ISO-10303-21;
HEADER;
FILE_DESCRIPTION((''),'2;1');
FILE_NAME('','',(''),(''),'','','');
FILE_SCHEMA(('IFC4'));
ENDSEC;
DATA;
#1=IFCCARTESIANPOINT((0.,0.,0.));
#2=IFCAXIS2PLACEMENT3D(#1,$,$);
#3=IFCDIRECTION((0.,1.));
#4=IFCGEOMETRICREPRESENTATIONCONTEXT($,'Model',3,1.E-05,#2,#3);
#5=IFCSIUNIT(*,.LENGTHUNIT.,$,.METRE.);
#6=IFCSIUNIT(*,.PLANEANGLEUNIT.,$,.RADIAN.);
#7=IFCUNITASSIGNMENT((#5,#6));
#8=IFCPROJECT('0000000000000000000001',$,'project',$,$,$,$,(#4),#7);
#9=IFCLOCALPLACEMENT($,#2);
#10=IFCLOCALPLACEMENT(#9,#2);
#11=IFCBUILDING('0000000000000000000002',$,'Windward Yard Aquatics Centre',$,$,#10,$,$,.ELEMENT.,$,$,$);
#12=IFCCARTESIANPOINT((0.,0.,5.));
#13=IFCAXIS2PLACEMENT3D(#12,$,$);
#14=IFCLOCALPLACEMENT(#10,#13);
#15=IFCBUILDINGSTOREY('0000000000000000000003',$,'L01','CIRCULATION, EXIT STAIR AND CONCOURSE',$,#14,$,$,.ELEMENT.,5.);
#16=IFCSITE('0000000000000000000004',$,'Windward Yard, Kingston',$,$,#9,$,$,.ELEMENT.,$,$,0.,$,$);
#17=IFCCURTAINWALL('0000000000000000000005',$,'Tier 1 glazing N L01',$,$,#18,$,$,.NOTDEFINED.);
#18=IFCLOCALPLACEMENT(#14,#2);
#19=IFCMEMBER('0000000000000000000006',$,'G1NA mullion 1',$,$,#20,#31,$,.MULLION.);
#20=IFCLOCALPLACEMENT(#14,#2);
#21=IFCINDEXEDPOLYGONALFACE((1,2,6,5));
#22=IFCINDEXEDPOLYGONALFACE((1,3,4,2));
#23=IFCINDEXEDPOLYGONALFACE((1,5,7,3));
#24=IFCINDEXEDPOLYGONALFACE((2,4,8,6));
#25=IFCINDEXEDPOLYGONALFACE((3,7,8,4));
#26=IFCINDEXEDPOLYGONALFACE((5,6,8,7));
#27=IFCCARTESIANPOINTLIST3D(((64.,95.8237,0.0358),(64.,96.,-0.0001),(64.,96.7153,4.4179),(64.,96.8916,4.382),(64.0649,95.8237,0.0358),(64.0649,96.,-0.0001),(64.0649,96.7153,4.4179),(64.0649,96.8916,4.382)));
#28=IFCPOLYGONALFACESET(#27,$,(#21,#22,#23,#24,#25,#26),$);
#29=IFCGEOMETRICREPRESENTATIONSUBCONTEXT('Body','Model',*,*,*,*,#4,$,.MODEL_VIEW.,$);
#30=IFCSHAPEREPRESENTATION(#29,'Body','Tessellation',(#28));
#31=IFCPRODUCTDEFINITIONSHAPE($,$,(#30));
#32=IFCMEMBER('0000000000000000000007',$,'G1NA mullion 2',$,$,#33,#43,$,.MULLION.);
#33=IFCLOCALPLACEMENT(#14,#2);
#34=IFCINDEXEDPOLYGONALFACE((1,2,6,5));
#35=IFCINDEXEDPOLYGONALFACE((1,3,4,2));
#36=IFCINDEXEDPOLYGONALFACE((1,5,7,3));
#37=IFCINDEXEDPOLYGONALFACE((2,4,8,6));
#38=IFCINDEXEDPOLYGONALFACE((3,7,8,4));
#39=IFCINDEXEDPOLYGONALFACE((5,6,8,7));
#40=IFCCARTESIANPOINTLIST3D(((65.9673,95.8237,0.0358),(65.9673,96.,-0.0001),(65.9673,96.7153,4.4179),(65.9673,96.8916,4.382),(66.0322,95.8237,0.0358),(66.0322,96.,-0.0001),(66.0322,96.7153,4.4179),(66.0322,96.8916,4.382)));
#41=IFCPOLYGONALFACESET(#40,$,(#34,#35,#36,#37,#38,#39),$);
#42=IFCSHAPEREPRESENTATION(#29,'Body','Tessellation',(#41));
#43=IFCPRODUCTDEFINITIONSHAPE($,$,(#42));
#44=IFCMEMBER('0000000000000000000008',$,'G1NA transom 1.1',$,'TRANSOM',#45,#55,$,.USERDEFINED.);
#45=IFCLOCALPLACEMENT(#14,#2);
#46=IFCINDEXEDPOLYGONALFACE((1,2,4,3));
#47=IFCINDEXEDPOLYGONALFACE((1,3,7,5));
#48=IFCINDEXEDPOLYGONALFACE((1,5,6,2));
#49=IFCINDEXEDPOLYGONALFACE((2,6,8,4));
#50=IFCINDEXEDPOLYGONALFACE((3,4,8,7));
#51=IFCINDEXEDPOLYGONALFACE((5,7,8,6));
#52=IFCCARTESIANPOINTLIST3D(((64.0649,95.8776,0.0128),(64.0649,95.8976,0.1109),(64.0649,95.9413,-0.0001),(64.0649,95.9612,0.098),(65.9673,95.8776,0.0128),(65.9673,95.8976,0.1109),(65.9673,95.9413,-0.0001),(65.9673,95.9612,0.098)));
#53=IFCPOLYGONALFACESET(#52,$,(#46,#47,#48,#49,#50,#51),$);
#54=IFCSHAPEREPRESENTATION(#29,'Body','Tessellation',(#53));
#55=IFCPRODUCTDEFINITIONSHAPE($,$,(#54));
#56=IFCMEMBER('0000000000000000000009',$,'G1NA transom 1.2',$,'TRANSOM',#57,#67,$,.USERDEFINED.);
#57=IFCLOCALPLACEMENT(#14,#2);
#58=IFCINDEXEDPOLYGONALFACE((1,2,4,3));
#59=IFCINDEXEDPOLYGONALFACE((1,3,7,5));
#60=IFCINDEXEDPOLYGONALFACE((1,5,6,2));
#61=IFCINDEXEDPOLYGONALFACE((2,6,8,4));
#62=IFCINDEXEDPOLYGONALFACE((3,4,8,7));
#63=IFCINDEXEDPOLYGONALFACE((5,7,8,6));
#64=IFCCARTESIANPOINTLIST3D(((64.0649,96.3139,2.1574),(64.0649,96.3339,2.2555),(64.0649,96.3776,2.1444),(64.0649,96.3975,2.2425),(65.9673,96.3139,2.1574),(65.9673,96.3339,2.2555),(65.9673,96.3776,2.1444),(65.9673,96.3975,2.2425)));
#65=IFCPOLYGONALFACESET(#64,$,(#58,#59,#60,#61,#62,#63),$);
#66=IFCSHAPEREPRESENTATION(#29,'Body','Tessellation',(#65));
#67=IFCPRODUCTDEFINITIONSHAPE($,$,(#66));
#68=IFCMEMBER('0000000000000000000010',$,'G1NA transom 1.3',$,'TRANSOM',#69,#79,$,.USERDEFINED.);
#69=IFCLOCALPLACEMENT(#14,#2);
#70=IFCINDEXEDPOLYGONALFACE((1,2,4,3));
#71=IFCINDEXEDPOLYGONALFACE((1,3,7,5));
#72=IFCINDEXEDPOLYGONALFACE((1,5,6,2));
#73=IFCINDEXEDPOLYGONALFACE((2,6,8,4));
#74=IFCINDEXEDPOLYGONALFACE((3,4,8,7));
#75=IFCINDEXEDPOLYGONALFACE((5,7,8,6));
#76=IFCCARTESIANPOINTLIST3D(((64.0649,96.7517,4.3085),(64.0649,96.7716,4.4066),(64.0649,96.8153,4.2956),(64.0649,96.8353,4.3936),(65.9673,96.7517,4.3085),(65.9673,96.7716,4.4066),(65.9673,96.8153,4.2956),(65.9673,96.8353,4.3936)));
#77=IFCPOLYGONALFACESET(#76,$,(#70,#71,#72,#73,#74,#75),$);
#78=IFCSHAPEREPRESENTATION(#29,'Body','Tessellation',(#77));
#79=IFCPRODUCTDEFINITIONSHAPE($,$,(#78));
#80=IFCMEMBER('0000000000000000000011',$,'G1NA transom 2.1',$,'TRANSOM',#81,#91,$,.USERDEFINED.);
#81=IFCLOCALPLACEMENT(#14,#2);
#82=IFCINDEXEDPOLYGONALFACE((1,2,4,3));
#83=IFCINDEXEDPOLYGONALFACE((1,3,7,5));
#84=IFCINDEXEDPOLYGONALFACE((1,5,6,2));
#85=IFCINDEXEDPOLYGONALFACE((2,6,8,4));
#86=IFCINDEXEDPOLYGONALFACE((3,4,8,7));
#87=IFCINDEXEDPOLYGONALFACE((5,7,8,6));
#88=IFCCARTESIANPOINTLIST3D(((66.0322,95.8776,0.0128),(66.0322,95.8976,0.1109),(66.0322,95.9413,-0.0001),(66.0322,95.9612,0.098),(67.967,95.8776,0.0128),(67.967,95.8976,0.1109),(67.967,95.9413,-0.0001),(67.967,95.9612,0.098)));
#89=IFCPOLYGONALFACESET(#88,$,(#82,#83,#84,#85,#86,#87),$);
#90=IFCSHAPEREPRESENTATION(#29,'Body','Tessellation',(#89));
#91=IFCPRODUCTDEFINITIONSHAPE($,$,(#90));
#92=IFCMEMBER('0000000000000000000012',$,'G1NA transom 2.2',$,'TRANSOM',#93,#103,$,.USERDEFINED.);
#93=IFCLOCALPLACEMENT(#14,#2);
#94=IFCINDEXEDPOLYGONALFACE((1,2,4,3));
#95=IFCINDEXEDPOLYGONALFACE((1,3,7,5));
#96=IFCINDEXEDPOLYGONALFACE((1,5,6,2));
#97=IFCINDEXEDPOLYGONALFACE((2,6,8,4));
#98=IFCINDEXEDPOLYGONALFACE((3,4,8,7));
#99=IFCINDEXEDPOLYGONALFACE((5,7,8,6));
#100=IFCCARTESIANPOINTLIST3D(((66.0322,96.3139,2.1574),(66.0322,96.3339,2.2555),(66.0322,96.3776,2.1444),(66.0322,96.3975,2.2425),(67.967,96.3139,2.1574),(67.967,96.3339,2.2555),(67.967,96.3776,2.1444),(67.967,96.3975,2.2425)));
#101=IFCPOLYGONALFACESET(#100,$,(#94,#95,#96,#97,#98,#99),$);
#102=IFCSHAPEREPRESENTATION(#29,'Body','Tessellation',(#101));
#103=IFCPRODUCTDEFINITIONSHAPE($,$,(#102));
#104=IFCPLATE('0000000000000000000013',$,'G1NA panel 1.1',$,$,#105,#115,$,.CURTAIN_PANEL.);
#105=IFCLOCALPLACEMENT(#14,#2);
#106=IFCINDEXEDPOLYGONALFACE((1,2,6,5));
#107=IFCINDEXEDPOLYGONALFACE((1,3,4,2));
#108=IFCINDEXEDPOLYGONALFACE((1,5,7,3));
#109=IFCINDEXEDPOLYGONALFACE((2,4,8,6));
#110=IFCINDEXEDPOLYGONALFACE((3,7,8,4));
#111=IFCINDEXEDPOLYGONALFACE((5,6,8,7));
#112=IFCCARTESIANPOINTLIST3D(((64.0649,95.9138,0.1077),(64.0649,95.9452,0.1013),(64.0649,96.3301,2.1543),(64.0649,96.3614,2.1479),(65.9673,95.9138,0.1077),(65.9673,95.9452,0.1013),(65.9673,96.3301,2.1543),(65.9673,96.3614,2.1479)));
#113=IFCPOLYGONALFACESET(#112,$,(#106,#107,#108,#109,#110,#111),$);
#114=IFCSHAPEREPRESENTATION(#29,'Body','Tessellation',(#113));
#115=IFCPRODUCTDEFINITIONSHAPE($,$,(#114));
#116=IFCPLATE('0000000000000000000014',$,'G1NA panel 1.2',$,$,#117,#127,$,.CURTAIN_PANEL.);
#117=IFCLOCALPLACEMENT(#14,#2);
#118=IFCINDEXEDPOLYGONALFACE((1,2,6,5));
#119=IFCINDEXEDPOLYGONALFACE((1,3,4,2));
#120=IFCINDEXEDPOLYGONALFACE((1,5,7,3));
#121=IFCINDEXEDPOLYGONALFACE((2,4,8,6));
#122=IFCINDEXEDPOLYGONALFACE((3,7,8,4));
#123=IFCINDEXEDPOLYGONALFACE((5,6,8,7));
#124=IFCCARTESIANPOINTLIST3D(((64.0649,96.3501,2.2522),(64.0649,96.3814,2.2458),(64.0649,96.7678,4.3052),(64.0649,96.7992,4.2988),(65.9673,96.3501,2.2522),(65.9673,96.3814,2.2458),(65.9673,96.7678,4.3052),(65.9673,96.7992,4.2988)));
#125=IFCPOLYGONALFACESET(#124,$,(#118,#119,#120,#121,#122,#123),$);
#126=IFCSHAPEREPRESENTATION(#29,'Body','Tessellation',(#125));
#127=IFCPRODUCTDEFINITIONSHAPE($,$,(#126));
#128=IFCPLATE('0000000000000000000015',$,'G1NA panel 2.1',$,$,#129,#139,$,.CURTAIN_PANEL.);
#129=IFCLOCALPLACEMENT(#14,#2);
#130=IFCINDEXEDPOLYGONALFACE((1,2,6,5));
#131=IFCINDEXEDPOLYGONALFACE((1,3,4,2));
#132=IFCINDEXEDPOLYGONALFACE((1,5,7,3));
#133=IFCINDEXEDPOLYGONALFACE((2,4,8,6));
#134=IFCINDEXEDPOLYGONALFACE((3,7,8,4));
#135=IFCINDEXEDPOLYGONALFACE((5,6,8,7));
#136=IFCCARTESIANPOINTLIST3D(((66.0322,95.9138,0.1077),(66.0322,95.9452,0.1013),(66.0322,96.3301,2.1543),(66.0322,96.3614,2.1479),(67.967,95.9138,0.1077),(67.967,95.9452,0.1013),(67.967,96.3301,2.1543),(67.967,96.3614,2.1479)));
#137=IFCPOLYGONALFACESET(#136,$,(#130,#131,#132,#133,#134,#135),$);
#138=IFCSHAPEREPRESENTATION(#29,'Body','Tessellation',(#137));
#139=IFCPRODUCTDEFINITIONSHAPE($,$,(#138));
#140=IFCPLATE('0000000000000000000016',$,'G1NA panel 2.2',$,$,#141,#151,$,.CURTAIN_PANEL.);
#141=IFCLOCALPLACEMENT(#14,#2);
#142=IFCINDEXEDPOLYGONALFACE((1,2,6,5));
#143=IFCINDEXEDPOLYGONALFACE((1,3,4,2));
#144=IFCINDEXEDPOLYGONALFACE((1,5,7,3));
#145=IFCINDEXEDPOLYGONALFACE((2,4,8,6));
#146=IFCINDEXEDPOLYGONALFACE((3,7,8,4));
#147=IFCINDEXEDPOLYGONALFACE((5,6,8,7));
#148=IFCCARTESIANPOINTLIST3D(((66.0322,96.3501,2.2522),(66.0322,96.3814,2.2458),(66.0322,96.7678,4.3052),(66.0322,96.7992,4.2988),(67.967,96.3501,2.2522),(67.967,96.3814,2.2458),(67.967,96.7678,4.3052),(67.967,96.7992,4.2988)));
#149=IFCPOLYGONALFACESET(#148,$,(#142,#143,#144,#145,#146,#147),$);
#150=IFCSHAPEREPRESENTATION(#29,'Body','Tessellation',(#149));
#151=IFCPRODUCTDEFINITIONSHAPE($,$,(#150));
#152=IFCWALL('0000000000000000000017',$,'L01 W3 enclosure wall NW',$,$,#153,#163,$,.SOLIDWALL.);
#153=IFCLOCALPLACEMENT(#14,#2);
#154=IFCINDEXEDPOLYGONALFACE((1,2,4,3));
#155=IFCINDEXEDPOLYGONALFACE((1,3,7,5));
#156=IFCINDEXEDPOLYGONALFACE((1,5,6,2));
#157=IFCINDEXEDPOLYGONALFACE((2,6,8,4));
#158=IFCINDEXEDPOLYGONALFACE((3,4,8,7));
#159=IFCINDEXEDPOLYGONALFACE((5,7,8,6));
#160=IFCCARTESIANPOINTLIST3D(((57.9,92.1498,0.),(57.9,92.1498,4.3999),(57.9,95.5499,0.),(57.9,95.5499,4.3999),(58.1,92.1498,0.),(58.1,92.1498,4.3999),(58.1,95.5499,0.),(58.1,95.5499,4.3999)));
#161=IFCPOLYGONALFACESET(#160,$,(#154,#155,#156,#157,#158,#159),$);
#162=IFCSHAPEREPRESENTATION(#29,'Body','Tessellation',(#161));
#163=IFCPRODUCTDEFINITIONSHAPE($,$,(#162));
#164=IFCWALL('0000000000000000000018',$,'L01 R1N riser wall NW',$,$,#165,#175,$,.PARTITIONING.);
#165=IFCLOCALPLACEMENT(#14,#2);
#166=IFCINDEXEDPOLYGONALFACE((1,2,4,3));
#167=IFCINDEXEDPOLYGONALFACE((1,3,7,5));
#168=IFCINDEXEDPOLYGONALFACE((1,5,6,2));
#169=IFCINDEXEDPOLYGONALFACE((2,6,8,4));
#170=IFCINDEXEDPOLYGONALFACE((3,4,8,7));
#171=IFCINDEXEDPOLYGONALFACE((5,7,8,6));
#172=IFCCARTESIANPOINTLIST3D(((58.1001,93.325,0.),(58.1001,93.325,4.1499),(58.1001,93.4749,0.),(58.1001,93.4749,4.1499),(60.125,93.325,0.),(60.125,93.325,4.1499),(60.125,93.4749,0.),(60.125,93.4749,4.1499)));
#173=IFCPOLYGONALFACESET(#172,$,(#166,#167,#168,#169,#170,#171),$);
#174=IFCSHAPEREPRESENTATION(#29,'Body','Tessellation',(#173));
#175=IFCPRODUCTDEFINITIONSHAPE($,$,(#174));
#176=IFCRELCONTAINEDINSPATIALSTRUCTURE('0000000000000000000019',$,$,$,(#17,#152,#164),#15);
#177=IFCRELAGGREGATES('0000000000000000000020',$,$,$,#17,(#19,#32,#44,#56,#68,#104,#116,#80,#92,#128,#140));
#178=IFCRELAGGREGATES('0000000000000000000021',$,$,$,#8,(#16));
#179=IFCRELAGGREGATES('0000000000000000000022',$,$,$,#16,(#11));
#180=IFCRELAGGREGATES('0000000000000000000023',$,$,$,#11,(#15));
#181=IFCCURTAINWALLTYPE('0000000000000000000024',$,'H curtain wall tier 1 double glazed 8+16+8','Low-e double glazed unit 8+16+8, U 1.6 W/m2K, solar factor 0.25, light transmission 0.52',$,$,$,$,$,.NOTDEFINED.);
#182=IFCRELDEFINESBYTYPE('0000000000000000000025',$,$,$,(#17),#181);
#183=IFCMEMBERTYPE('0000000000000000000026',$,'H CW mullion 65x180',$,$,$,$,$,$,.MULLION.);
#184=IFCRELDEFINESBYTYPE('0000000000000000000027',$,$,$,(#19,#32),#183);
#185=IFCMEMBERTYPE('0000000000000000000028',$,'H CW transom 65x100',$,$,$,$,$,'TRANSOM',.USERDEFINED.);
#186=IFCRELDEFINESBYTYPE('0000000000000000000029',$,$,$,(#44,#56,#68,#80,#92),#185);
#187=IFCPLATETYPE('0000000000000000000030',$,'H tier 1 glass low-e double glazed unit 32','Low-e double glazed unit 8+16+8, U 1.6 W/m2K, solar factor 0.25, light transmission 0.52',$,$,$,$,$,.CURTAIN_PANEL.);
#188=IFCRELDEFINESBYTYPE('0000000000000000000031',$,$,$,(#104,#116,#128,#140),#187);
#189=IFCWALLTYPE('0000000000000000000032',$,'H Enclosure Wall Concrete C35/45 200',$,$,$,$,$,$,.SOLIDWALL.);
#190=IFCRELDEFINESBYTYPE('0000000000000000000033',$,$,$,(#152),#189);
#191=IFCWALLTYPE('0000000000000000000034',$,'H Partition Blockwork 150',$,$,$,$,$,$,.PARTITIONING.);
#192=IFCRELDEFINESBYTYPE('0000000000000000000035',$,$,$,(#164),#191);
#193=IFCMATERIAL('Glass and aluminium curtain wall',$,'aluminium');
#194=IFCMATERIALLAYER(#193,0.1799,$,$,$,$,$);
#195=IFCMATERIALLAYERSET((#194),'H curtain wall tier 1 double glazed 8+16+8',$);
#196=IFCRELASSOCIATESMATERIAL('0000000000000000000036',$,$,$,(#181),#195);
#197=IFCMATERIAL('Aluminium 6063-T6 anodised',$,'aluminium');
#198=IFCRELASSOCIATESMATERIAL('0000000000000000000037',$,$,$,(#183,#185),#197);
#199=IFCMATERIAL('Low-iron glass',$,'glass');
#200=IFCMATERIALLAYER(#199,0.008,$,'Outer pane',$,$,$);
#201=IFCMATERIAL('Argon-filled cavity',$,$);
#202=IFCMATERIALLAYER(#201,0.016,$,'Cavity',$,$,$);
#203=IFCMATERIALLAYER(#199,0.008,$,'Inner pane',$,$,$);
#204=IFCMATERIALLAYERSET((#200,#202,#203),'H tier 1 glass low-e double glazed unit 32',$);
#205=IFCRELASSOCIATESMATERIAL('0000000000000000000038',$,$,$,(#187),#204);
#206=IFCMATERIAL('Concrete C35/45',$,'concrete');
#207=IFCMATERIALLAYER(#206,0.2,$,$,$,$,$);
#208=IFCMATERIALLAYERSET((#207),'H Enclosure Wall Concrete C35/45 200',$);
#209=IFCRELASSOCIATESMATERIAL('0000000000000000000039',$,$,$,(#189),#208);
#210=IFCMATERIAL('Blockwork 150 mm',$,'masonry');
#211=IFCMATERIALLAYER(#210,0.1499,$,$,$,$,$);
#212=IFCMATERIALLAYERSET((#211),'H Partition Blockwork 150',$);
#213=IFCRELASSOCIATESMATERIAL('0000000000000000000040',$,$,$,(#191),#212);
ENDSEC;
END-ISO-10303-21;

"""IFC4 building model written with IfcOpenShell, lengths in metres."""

from ifc_helpers import new_model, si_unit, direction, frame, frame_2d, origin, origin_2d, place, context, subcontext, project, spatial, polyline, rectangle, outline, extrude, material, layer, layer_set, material_profile, profile_set, type_object, element, aggregate, save


model = new_model("IFC4")

# Units and contexts
model_context = context("Model", 3, precision=1e-05, world=origin(), true_north=direction((0.0, 1.0)))
body_context = subcontext(model_context, "Body", "Model", "MODEL_VIEW")
ifc_project = project(units=[si_unit("LENGTHUNIT", "METRE"), si_unit("PLANEANGLEUNIT", "RADIAN")], contexts=[model_context])

# Site, building, storey
site_placement = place(None, origin())
site = spatial("IfcSite", under=ifc_project, at=site_placement, Name="Windward Yard, Kingston", CompositionType="ELEMENT", RefElevation=0.0)
building_placement = place(site_placement, origin())
building = spatial("IfcBuilding", under=site, at=building_placement, Name="Windward Yard Aquatics Centre", CompositionType="ELEMENT")
storey_placement = place(building_placement, frame((0.0, 0.0, 5.0)))
storey = spatial("IfcBuildingStorey", under=building, at=storey_placement, Name="L01", Description="CIRCULATION, EXIT STAIR AND CONCOURSE", CompositionType="ELEMENT", Elevation=5.0)

# Curtain wall, members, plates
ifc_material_1 = material(Name="Glass and aluminium curtain wall", Category="aluminium")
ifc_layer_1 = layer(ifc_material_1, 0.1799)
ifc_layer_set_1 = layer_set([ifc_layer_1], Name="H curtain wall tier 1 double glazed 8+16+8")
curtain_wall_type = type_object("IfcCurtainWallType", Name="H curtain wall tier 1 double glazed 8+16+8", Description="Low-e double glazed unit 8+16+8, U 1.6 W/m2K, solar factor 0.25, light transmission 0.52", PredefinedType="NOTDEFINED", material=ifc_layer_set_1)
curtain_wall_placement = place(storey_placement, origin())
curtain_wall = element("IfcCurtainWall", 1, at=curtain_wall_placement, inside=storey, type_object=curtain_wall_type, Name="Tier 1 glazing N L01", PredefinedType="NOTDEFINED")
ifc_material_2 = material(Name="Aluminium 6063-T6 anodised", Category="aluminium")
ifc_material_profile_1 = material_profile(ifc_material_2, rectangle(XDim=0.0649, YDim=0.1799, at=origin_2d()), Name="H CW mullion 65x180")
ifc_profile_set_1 = profile_set([ifc_material_profile_1], Name="Aluminium 6063-T6 anodised")
member_type_1 = type_object("IfcMemberType", Name="H CW mullion 65x180", PredefinedType="MULLION", material=ifc_profile_set_1)
member_1_placement = place(storey_placement, frame((64.0325, 95.9119, 0.0178), z_axis=(0.0, 0.19938, 0.979922), x_axis=(-1.0, 0.0, 0.0)))
member_1 = element("IfcMember", 2, at=member_1_placement, type_object=member_type_1, Name="G1NA mullion 1", PredefinedType="MULLION", context=body_context, shape_type="SweptSolid", body=[
    extrude(rectangle(XDim=0.0649, YDim=0.1799, at=origin_2d()), origin(), (0.0, 0.0, 1.0), 4.4719),
])
member_2_placement = place(storey_placement, frame((65.9998, 95.9119, 0.0178), z_axis=(0.0, 0.19938, 0.979922), x_axis=(-1.0, 0.0, 0.0)))
member_2 = element("IfcMember", 3, at=member_2_placement, type_object=member_type_1, Name="G1NA mullion 2", PredefinedType="MULLION", context=body_context, shape_type="SweptSolid", body=[
    extrude(rectangle(XDim=0.0649, YDim=0.1799, at=origin_2d()), origin(), (0.0, 0.0, 1.0), 4.4719),
])
ifc_material_profile_2 = material_profile(ifc_material_2, rectangle(XDim=0.0649, YDim=0.1001, at=origin_2d()), Name="H CW transom 65x100")
ifc_profile_set_2 = profile_set([ifc_material_profile_2], Name="Aluminium 6063-T6 anodised")
member_type_2 = type_object("IfcMemberType", Name="H CW transom 65x100", ElementType="TRANSOM", PredefinedType="USERDEFINED", material=ifc_profile_set_2)
member_3_placement = place(storey_placement, frame((64.0649, 95.9194, 0.0554), z_axis=(1.0, 0.0, 0.0), x_axis=(0.0, -0.979925, 0.199368)))
member_3 = element("IfcMember", 4, at=member_3_placement, type_object=member_type_2, Name="G1NA transom 1.1", ObjectType="TRANSOM", PredefinedType="USERDEFINED", context=body_context, shape_type="SweptSolid", body=[
    extrude(rectangle(XDim=0.0649, YDim=0.1001, at=origin_2d()), origin(), (0.0, 0.0, 1.0), 1.9023),
])
member_4_placement = place(storey_placement, frame((64.0649, 96.3557, 2.2), z_axis=(1.0, 0.0, 0.0), x_axis=(0.0, -0.979925, 0.199368)))
member_4 = element("IfcMember", 5, at=member_4_placement, type_object=member_type_2, Name="G1NA transom 1.2", ObjectType="TRANSOM", PredefinedType="USERDEFINED", context=body_context, shape_type="SweptSolid", body=[
    extrude(rectangle(XDim=0.0649, YDim=0.1001, at=origin_2d()), origin(), (0.0, 0.0, 1.0), 1.9023),
])
member_5_placement = place(storey_placement, frame((64.0649, 96.7935, 4.3511), z_axis=(1.0, 0.0, 0.0), x_axis=(0.0, -0.979925, 0.199368)))
member_5 = element("IfcMember", 6, at=member_5_placement, type_object=member_type_2, Name="G1NA transom 1.3", ObjectType="TRANSOM", PredefinedType="USERDEFINED", context=body_context, shape_type="SweptSolid", body=[
    extrude(rectangle(XDim=0.0649, YDim=0.1001, at=origin_2d()), origin(), (0.0, 0.0, 1.0), 1.9023),
])
member_6_placement = place(storey_placement, frame((66.0322, 95.9194, 0.0554), z_axis=(1.0, 0.0, 0.0), x_axis=(0.0, -0.979925, 0.199368)))
member_6 = element("IfcMember", 7, at=member_6_placement, type_object=member_type_2, Name="G1NA transom 2.1", ObjectType="TRANSOM", PredefinedType="USERDEFINED", context=body_context, shape_type="SweptSolid", body=[
    extrude(rectangle(XDim=0.0649, YDim=0.1001, at=origin_2d()), origin(), (0.0, 0.0, 1.0), 1.9348),
])
member_7_placement = place(storey_placement, frame((66.0322, 96.3557, 2.2), z_axis=(1.0, 0.0, 0.0), x_axis=(0.0, -0.979925, 0.199368)))
member_7 = element("IfcMember", 8, at=member_7_placement, type_object=member_type_2, Name="G1NA transom 2.2", ObjectType="TRANSOM", PredefinedType="USERDEFINED", context=body_context, shape_type="SweptSolid", body=[
    extrude(rectangle(XDim=0.0649, YDim=0.1001, at=origin_2d()), origin(), (0.0, 0.0, 1.0), 1.9348),
])
ifc_material_3 = material(Name="Low-iron glass", Category="glass")
ifc_layer_2 = layer(ifc_material_3, 0.008, Name="Outer pane")
ifc_material_4 = material(Name="Argon-filled cavity")
ifc_layer_3 = layer(ifc_material_4, 0.016, Name="Cavity")
ifc_layer_4 = layer(ifc_material_3, 0.008, Name="Inner pane")
ifc_layer_set_2 = layer_set([ifc_layer_2, ifc_layer_3, ifc_layer_4], Name="H tier 1 glass low-e double glazed unit 32")
plate_type = type_object("IfcPlateType", Name="H tier 1 glass low-e double glazed unit 32", Description="Low-e double glazed unit 8+16+8, U 1.6 W/m2K, solar factor 0.25, light transmission 0.52", PredefinedType="CURTAIN_PANEL", material=ifc_layer_set_2)
plate_1_placement = place(storey_placement, frame((64.0649, 95.9138, 0.1077), z_axis=(0.0, -0.979937, 0.199307), x_axis=(1.0, 0.0, 0.0)))
plate_1 = element("IfcPlate", 9, at=plate_1_placement, type_object=plate_type, Name="G1NA panel 1.1", PredefinedType="CURTAIN_PANEL", context=body_context, shape_type="SweptSolid", body=[
    extrude(outline(polyline([(0.0, 0.0), (1.9023, 0.0), (1.9023, 2.0885), (0.0, 2.0885), (0.0, 0.0)])), origin(), (0.0, 0.0, -1.0), 0.032),
])
plate_2_placement = place(storey_placement, frame((64.0649, 96.3501, 2.2522), z_axis=(0.0, -0.979921, 0.199387), x_axis=(1.0, 0.0, 0.0)))
plate_2 = element("IfcPlate", 10, at=plate_2_placement, type_object=plate_type, Name="G1NA panel 1.2", PredefinedType="CURTAIN_PANEL", context=body_context, shape_type="SweptSolid", body=[
    extrude(outline(polyline([(0.0, 0.0), (1.9023, 0.0), (1.9023, 2.095), (0.0, 2.095), (0.0, 0.0)])), origin(), (0.0, 0.0, -1.0), 0.032),
])
plate_3_placement = place(storey_placement, frame((66.0322, 95.9138, 0.1077), z_axis=(0.0, -0.979937, 0.199307), x_axis=(1.0, 0.0, 0.0)))
plate_3 = element("IfcPlate", 11, at=plate_3_placement, type_object=plate_type, Name="G1NA panel 2.1", PredefinedType="CURTAIN_PANEL", context=body_context, shape_type="SweptSolid", body=[
    extrude(outline(polyline([(0.0, 0.0), (1.9348, 0.0), (1.9348, 2.0885), (0.0, 2.0885), (0.0, 0.0)])), origin(), (0.0, 0.0, -1.0), 0.032),
])
plate_4_placement = place(storey_placement, frame((66.0322, 96.3501, 2.2522), z_axis=(0.0, -0.979921, 0.199387), x_axis=(1.0, 0.0, 0.0)))
plate_4 = element("IfcPlate", 12, at=plate_4_placement, type_object=plate_type, Name="G1NA panel 2.2", PredefinedType="CURTAIN_PANEL", context=body_context, shape_type="SweptSolid", body=[
    extrude(outline(polyline([(0.0, 0.0), (1.9348, 0.0), (1.9348, 2.095), (0.0, 2.095), (0.0, 0.0)])), origin(), (0.0, 0.0, -1.0), 0.032),
])
aggregate(curtain_wall, [member_1, member_2, member_3, member_4, member_5, plate_1, plate_2, member_6, member_7, plate_3, plate_4])

# Walls
ifc_material_5 = material(Name="Concrete C35/45", Category="concrete")
ifc_layer_5 = layer(ifc_material_5, 0.2)
ifc_layer_set_3 = layer_set([ifc_layer_5], Name="H Enclosure Wall Concrete C35/45 200")
wall_type_1 = type_object("IfcWallType", Name="H Enclosure Wall Concrete C35/45 200", PredefinedType="SOLIDWALL", material=ifc_layer_set_3)
wall_1_placement = place(storey_placement, frame((58.0, 95.55, 0.0), z_axis=(0.0, 0.0, 1.0), x_axis=(0.0, -1.0, 0.0)))
element("IfcWall", 13, at=wall_1_placement, inside=storey, type_object=wall_type_1, Name="L01 W3 enclosure wall NW", PredefinedType="SOLIDWALL", context=body_context, shape_type="SweptSolid", body=[
    extrude(rectangle(XDim=3.4001, YDim=0.2, at=frame_2d((1.7002, 0.0))), origin(), (0.0, 0.0, 1.0), 4.3999),
])
ifc_material_6 = material(Name="Blockwork 150 mm", Category="masonry")
ifc_layer_6 = layer(ifc_material_6, 0.1499)
ifc_layer_set_4 = layer_set([ifc_layer_6], Name="H Partition Blockwork 150")
wall_type_2 = type_object("IfcWallType", Name="H Partition Blockwork 150", PredefinedType="PARTITIONING", material=ifc_layer_set_4)
wall_2_placement = place(storey_placement, frame((58.1001, 93.3999, 0.0), z_axis=(0.0, 0.0, 1.0), x_axis=(1.0, 0.0, 0.0)))
element("IfcWall", 14, at=wall_2_placement, inside=storey, type_object=wall_type_2, Name="L01 R1N riser wall NW", PredefinedType="PARTITIONING", context=body_context, shape_type="SweptSolid", body=[
    extrude(rectangle(XDim=2.0249, YDim=0.1499, at=frame_2d((1.0125, 0.0))), origin(), (0.0, 0.0, 1.0), 4.1499),
])

save(model, "model.ifc")
